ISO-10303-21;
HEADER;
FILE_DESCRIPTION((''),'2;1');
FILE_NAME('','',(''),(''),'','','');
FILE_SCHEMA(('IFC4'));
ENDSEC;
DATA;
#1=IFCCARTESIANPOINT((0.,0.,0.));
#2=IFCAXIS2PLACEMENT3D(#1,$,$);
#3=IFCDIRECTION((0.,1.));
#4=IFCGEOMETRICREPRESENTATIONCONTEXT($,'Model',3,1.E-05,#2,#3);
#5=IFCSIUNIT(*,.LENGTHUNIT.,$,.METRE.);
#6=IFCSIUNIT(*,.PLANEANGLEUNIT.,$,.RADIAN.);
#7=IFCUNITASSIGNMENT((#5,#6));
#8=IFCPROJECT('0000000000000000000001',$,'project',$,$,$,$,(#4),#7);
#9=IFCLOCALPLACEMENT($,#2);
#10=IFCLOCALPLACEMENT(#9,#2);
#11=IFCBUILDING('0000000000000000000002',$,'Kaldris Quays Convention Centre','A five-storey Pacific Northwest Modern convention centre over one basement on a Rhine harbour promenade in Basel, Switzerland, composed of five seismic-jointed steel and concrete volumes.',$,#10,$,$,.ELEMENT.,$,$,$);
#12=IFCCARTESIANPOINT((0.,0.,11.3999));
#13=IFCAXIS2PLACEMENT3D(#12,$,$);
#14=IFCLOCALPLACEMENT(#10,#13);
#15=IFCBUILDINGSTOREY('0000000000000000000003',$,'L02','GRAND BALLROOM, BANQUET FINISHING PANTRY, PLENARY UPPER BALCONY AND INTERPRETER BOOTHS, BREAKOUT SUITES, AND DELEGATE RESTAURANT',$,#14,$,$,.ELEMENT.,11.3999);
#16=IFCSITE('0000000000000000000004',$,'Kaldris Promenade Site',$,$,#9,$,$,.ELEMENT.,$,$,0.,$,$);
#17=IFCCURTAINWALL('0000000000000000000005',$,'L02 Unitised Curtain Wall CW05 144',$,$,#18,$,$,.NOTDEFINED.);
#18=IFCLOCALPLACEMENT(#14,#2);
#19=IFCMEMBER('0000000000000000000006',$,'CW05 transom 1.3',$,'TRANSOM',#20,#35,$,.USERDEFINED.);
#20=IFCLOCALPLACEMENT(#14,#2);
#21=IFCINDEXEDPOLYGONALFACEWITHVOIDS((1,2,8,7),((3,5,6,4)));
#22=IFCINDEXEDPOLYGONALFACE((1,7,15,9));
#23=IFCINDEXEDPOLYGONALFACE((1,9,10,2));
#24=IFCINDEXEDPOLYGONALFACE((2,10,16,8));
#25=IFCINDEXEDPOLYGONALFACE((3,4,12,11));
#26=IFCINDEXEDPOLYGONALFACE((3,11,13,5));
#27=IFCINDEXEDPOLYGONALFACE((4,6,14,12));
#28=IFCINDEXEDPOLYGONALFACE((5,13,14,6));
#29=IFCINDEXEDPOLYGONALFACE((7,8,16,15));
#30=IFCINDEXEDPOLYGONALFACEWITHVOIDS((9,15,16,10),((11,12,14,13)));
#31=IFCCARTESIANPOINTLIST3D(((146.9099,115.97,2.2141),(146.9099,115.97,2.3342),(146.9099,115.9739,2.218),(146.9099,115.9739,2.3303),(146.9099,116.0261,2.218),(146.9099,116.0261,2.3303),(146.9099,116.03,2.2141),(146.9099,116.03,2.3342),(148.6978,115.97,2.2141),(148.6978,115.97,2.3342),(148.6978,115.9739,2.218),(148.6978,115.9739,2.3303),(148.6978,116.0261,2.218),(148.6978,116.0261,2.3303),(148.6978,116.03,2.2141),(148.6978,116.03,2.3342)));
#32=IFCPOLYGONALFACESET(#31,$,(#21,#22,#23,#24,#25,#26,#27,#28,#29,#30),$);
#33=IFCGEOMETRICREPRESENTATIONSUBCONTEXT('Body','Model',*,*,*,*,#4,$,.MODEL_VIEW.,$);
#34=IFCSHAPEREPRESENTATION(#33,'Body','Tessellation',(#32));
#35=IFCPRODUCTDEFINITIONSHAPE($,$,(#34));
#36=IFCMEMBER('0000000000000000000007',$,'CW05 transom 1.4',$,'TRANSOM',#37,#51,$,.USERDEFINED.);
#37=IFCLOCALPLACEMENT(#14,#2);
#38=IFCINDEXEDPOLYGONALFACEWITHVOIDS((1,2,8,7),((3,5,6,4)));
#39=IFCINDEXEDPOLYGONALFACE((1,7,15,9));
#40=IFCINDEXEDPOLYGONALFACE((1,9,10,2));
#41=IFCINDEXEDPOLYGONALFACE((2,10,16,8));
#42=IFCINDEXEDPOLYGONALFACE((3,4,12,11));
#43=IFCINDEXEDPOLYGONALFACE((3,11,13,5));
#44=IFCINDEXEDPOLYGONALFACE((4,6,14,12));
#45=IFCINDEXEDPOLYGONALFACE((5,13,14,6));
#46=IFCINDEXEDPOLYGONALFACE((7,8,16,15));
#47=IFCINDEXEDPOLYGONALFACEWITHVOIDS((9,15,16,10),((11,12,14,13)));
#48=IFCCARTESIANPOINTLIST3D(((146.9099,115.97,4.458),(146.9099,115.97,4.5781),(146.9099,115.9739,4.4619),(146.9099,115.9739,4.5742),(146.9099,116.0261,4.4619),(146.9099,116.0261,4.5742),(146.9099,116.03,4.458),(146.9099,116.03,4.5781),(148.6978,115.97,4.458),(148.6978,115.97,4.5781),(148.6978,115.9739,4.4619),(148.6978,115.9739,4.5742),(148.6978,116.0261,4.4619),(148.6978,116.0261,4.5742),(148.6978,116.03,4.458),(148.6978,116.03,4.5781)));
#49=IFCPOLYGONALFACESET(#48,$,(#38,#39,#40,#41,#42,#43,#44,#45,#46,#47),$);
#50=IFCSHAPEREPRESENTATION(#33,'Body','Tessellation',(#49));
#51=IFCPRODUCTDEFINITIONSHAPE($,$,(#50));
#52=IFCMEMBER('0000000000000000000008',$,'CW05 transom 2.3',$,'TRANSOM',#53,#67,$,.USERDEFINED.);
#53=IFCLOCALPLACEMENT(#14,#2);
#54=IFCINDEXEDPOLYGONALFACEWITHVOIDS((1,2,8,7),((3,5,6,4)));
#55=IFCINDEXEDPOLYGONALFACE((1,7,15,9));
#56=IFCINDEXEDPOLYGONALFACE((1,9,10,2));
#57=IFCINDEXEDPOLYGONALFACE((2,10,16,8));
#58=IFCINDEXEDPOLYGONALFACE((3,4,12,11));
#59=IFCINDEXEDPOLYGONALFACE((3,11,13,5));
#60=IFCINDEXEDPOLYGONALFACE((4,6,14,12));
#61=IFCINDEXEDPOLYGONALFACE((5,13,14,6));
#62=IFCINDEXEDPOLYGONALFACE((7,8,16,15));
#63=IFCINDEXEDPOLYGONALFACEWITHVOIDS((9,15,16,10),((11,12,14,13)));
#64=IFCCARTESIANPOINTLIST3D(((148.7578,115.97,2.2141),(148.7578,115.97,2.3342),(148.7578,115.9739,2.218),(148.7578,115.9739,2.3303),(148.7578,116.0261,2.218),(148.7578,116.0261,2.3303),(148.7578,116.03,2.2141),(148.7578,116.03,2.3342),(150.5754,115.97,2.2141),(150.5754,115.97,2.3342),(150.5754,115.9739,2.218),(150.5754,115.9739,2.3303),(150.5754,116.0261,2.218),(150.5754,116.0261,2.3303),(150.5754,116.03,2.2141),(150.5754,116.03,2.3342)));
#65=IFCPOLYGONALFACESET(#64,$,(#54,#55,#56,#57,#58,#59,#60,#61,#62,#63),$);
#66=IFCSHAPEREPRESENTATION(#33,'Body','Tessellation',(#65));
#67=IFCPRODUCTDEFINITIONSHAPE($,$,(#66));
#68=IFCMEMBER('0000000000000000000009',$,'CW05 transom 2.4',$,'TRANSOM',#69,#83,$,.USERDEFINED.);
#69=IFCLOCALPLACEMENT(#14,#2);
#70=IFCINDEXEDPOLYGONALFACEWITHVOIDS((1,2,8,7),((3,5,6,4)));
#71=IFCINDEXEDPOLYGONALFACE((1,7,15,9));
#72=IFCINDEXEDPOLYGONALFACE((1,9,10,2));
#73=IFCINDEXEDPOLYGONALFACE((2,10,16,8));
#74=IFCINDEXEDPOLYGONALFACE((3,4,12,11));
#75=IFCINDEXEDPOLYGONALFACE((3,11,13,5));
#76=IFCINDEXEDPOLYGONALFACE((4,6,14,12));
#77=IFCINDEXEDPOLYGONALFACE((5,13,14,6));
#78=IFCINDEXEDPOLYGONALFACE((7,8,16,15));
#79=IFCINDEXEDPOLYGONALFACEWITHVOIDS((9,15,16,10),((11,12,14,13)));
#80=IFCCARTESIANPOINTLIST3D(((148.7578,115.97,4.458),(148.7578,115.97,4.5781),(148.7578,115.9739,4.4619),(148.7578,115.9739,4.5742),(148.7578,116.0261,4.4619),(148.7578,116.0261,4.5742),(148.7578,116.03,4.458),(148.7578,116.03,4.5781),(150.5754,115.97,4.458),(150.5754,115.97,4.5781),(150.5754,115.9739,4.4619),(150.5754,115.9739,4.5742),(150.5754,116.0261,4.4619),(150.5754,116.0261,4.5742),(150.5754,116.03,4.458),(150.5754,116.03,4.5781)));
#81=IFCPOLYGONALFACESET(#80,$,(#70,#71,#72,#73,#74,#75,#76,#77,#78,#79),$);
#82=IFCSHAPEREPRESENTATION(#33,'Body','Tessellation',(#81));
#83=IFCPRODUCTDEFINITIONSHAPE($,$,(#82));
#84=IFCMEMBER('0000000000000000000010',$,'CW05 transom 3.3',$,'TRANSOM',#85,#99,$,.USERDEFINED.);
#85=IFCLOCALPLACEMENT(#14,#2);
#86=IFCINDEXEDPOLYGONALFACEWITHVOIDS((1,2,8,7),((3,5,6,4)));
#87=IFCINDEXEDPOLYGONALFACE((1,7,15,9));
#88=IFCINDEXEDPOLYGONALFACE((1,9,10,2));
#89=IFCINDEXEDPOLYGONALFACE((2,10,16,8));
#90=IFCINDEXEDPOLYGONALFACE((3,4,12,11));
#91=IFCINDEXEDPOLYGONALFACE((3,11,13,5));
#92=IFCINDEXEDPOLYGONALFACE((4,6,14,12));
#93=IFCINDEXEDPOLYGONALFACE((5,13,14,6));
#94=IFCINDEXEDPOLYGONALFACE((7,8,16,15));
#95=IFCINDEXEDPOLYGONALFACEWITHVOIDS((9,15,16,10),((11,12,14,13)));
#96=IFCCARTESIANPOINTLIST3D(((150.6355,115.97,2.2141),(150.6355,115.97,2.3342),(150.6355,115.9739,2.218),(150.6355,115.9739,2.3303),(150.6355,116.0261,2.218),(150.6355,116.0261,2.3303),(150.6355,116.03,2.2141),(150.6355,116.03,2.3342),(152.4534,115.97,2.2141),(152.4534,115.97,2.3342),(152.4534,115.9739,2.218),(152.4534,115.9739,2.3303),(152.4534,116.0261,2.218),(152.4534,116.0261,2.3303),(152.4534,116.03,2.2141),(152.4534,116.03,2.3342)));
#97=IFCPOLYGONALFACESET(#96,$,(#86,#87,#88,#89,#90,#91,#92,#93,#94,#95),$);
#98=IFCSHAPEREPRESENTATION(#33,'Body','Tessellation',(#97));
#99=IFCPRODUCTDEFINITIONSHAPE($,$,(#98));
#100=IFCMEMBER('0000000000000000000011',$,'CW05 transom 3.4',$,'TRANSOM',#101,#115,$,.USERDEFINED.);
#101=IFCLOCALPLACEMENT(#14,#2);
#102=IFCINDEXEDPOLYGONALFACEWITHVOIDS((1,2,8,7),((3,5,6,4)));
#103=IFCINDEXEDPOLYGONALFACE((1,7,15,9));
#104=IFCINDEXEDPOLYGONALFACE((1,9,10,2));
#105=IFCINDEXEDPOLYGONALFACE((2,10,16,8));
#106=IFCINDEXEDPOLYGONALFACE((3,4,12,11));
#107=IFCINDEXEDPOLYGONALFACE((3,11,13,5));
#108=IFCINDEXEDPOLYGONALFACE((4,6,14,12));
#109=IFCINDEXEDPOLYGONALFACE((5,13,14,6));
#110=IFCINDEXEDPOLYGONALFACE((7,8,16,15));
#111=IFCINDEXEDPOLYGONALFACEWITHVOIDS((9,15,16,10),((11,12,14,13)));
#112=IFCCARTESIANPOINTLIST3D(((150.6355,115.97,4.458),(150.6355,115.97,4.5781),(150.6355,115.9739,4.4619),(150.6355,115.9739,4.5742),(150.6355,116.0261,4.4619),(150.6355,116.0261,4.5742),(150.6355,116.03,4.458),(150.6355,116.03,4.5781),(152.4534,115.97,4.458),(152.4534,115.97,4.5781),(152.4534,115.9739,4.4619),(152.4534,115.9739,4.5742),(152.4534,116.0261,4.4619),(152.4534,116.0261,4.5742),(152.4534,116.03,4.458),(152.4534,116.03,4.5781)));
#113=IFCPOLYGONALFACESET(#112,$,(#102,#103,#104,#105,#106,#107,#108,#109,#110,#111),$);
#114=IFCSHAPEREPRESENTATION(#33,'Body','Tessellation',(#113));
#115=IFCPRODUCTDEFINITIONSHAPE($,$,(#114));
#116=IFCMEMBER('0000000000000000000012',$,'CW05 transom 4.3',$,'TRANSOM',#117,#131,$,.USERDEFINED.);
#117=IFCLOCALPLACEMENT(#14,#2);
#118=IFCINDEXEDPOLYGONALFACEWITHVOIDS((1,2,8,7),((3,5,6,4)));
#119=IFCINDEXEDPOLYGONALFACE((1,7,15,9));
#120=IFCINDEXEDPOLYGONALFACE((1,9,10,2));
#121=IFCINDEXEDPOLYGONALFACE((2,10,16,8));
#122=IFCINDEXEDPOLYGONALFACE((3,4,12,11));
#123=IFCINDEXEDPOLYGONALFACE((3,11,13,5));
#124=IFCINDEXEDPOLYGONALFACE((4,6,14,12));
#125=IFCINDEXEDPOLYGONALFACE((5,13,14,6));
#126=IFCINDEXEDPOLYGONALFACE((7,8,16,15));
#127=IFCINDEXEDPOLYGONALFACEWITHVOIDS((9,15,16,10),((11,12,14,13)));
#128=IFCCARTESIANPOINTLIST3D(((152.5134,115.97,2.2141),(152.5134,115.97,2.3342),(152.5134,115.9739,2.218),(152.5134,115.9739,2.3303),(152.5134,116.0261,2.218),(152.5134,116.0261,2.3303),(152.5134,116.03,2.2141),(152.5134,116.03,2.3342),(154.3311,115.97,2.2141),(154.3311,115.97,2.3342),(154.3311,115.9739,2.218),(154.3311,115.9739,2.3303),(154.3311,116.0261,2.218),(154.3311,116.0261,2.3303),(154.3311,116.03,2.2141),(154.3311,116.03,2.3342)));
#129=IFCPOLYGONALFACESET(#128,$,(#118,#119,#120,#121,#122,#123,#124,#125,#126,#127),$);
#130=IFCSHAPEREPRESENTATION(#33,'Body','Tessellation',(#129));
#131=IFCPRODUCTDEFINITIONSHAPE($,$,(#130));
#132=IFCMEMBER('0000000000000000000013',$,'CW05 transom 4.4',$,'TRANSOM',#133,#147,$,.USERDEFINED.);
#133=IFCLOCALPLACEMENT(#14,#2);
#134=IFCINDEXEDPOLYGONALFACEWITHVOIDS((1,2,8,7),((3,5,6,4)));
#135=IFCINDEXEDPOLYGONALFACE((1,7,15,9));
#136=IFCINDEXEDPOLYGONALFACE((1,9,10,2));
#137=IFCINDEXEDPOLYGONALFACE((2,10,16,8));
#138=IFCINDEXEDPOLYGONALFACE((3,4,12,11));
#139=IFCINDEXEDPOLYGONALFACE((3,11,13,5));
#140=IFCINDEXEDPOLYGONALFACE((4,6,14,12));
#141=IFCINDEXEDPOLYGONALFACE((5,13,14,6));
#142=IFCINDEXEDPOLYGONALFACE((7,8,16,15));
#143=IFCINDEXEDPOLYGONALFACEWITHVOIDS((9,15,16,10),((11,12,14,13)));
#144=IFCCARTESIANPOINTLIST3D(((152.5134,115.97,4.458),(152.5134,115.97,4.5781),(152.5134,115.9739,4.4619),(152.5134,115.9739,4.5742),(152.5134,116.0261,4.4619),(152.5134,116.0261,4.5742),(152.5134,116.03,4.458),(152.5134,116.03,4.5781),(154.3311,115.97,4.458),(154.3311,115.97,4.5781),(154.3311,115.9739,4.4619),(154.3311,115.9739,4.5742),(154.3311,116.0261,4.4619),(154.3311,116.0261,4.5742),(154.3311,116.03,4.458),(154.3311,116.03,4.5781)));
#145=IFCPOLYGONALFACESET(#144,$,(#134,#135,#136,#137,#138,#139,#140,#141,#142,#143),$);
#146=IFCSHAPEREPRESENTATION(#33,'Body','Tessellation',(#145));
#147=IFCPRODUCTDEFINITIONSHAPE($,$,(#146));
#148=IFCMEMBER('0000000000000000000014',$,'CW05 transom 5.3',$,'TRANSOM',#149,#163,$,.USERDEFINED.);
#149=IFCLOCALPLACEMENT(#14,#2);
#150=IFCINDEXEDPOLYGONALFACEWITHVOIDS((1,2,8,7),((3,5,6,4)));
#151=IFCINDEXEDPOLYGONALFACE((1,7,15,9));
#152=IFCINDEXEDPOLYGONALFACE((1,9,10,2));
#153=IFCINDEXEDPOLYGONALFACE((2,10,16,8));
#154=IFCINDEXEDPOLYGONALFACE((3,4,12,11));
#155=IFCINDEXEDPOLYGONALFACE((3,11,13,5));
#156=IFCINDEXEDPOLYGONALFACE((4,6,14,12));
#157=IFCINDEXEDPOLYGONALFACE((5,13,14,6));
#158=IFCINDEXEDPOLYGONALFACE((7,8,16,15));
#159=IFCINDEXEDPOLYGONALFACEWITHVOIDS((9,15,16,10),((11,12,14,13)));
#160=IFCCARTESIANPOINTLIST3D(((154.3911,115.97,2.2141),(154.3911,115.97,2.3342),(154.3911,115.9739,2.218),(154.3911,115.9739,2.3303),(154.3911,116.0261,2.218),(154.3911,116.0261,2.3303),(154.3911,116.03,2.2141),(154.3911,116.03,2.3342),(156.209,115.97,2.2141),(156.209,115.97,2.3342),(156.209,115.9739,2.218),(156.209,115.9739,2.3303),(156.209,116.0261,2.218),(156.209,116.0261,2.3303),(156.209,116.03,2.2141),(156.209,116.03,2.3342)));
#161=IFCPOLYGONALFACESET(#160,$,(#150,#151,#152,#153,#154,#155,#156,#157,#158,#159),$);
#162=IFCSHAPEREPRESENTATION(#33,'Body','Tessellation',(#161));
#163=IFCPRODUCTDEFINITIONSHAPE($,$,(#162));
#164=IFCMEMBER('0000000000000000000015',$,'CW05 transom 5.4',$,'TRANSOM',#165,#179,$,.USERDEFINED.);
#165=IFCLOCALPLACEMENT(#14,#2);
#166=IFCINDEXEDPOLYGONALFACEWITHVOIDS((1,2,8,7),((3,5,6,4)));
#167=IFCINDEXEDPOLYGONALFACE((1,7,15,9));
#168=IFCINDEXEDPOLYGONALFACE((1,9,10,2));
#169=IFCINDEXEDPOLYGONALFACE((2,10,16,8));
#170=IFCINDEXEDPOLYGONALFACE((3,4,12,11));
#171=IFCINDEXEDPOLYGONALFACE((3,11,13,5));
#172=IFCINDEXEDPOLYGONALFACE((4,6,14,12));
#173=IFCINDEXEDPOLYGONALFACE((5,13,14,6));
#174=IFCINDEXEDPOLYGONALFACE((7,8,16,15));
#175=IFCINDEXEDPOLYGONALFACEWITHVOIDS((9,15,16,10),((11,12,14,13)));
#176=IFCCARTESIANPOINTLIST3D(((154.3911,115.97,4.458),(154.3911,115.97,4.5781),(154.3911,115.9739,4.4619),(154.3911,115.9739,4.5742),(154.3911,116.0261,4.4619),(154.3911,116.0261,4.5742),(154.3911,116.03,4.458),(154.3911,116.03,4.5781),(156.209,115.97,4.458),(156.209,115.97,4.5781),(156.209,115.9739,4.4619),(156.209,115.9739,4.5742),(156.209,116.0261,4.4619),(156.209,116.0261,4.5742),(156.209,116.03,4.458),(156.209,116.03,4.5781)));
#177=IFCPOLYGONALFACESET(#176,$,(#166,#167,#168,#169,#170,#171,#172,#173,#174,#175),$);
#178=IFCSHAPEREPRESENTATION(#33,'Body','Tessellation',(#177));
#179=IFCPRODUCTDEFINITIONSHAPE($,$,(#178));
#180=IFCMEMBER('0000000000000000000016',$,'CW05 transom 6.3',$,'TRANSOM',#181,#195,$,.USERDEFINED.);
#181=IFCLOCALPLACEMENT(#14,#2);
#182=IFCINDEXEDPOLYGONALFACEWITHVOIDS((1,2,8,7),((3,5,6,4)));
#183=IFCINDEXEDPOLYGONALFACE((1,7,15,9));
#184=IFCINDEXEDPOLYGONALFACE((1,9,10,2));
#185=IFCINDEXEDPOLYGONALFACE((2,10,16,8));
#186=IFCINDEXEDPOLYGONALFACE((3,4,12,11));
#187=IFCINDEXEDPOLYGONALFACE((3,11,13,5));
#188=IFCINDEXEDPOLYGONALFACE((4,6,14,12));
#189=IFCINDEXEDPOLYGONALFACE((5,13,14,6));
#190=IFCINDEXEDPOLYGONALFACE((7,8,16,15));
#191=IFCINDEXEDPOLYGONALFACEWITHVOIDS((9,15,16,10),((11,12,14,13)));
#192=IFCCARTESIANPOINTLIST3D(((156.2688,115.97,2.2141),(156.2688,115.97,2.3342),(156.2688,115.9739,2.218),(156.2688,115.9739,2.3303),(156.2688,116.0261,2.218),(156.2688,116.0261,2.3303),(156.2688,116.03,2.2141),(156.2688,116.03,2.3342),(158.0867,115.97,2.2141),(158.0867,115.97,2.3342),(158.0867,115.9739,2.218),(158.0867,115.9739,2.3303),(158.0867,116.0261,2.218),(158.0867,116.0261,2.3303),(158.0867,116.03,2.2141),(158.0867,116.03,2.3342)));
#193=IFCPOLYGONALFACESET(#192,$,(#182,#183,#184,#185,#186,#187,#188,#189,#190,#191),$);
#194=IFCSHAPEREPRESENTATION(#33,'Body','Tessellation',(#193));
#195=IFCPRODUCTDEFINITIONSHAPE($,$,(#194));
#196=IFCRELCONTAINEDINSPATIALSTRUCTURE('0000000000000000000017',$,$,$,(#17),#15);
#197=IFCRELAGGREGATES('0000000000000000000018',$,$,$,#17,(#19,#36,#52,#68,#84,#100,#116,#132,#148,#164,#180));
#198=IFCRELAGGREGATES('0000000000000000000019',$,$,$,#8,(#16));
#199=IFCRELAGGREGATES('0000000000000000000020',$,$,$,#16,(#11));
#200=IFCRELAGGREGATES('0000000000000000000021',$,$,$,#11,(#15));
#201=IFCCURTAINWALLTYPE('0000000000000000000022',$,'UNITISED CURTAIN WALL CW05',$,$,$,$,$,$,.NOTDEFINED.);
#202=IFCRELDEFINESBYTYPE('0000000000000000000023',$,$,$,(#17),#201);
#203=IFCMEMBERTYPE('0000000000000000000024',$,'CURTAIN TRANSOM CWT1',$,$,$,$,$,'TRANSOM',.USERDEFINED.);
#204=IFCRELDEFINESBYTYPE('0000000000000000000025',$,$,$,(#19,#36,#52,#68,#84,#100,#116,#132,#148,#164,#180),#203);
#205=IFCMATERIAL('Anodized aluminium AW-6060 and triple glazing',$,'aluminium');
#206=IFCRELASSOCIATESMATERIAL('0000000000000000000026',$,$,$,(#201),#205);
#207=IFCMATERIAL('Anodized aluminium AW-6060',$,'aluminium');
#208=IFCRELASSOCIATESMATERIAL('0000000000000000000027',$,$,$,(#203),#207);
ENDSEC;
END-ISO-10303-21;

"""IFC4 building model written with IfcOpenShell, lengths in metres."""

from ifc_helpers import new_model, si_unit, direction, frame, origin, origin_2d, place, context, subcontext, project, spatial, hollow_rectangle, extrude, material, material_profile, profile_set, type_object, element, aggregate, save


model = new_model("IFC4")

# Units and contexts
model_context = context("Model", 3, precision=1e-05, world=origin(), true_north=direction((0.0, 1.0)))
body_context = subcontext(model_context, "Body", "Model", "MODEL_VIEW")
ifc_project = project(units=[si_unit("LENGTHUNIT", "METRE"), si_unit("PLANEANGLEUNIT", "RADIAN")], contexts=[model_context])

# Site, building, storey
site_placement = place(None, origin())
site = spatial("IfcSite", under=ifc_project, at=site_placement, Name="Kaldris Promenade Site", CompositionType="ELEMENT", RefElevation=0.0)
building_placement = place(site_placement, origin())
building = spatial("IfcBuilding", under=site, at=building_placement, Name="Kaldris Quays Convention Centre", Description="A five-storey Pacific Northwest Modern convention centre over one basement on a Rhine harbour promenade in Basel, Switzerland, composed of five seismic-jointed steel and concrete volumes.", CompositionType="ELEMENT")
storey_placement = place(building_placement, frame((0.0, 0.0, 11.3999)))
storey = spatial("IfcBuildingStorey", under=building, at=storey_placement, Name="L02", Description="GRAND BALLROOM, BANQUET FINISHING PANTRY, PLENARY UPPER BALCONY AND INTERPRETER BOOTHS, BREAKOUT SUITES, AND DELEGATE RESTAURANT", CompositionType="ELEMENT", Elevation=11.3999)

# Curtain wall, members
ifc_material_1 = material(Name="Anodized aluminium AW-6060 and triple glazing", Category="aluminium")
curtain_wall_type = type_object("IfcCurtainWallType", Name="UNITISED CURTAIN WALL CW05", PredefinedType="NOTDEFINED", material=ifc_material_1)
curtain_wall_placement = place(storey_placement, origin())
curtain_wall = element("IfcCurtainWall", 1, at=curtain_wall_placement, inside=storey, type_object=curtain_wall_type, Name="L02 Unitised Curtain Wall CW05 144", PredefinedType="NOTDEFINED")
ifc_material_2 = material(Name="Anodized aluminium AW-6060", Category="aluminium")
ifc_material_profile_1 = material_profile(ifc_material_2, hollow_rectangle(XDim=0.0601, YDim=0.1201, WallThickness=0.0039, at=origin_2d()), Name="RHS 120x60x4")
ifc_profile_set_1 = profile_set([ifc_material_profile_1], Name="Anodized aluminium AW-6060")
member_type_1 = type_object("IfcMemberType", Name="CURTAIN TRANSOM CWT1", ElementType="TRANSOM", PredefinedType="USERDEFINED", material=ifc_profile_set_1)
member_1_placement = place(storey_placement, frame((146.9099, 116.0, 2.2742), z_axis=(1.0, 0.0, 0.0), x_axis=(0.0, 1.0, 0.0)))
member_1 = element("IfcMember", 2, at=member_1_placement, type_object=member_type_1, Name="CW05 transom 1.3", ObjectType="TRANSOM", PredefinedType="USERDEFINED", context=body_context, shape_type="SweptSolid", body=[
    extrude(hollow_rectangle(XDim=0.0601, YDim=0.1201, WallThickness=0.0039, at=origin_2d()), origin(), (0.0, 0.0, 1.0), 1.7878),
])
member_2_placement = place(storey_placement, frame((146.9099, 116.0, 4.5181), z_axis=(1.0, 0.0, 0.0), x_axis=(0.0, 1.0, 0.0)))
member_2 = element("IfcMember", 3, at=member_2_placement, type_object=member_type_1, Name="CW05 transom 1.4", ObjectType="TRANSOM", PredefinedType="USERDEFINED", context=body_context, shape_type="SweptSolid", body=[
    extrude(hollow_rectangle(XDim=0.0601, YDim=0.1201, WallThickness=0.0039, at=origin_2d()), origin(), (0.0, 0.0, 1.0), 1.7878),
])
member_3_placement = place(storey_placement, frame((148.7578, 116.0, 2.2742), z_axis=(1.0, 0.0, 0.0), x_axis=(0.0, 1.0, 0.0)))
member_3 = element("IfcMember", 4, at=member_3_placement, type_object=member_type_1, Name="CW05 transom 2.3", ObjectType="TRANSOM", PredefinedType="USERDEFINED", context=body_context, shape_type="SweptSolid", body=[
    extrude(hollow_rectangle(XDim=0.0601, YDim=0.1201, WallThickness=0.0039, at=origin_2d()), origin(), (0.0, 0.0, 1.0), 1.8176),
])
member_4_placement = place(storey_placement, frame((148.7578, 116.0, 4.5181), z_axis=(1.0, 0.0, 0.0), x_axis=(0.0, 1.0, 0.0)))
member_4 = element("IfcMember", 5, at=member_4_placement, type_object=member_type_1, Name="CW05 transom 2.4", ObjectType="TRANSOM", PredefinedType="USERDEFINED", context=body_context, shape_type="SweptSolid", body=[
    extrude(hollow_rectangle(XDim=0.0601, YDim=0.1201, WallThickness=0.0039, at=origin_2d()), origin(), (0.0, 0.0, 1.0), 1.8176),
])
member_5_placement = place(storey_placement, frame((150.6355, 116.0, 2.2742), z_axis=(1.0, 0.0, 0.0), x_axis=(0.0, 1.0, 0.0)))
member_5 = element("IfcMember", 6, at=member_5_placement, type_object=member_type_1, Name="CW05 transom 3.3", ObjectType="TRANSOM", PredefinedType="USERDEFINED", context=body_context, shape_type="SweptSolid", body=[
    extrude(hollow_rectangle(XDim=0.0601, YDim=0.1201, WallThickness=0.0039, at=origin_2d()), origin(), (0.0, 0.0, 1.0), 1.8179),
])
member_6_placement = place(storey_placement, frame((150.6355, 116.0, 4.5181), z_axis=(1.0, 0.0, 0.0), x_axis=(0.0, 1.0, 0.0)))
member_6 = element("IfcMember", 7, at=member_6_placement, type_object=member_type_1, Name="CW05 transom 3.4", ObjectType="TRANSOM", PredefinedType="USERDEFINED", context=body_context, shape_type="SweptSolid", body=[
    extrude(hollow_rectangle(XDim=0.0601, YDim=0.1201, WallThickness=0.0039, at=origin_2d()), origin(), (0.0, 0.0, 1.0), 1.8179),
])
member_7_placement = place(storey_placement, frame((152.5134, 116.0, 2.2742), z_axis=(1.0, 0.0, 0.0), x_axis=(0.0, 1.0, 0.0)))
member_7 = element("IfcMember", 8, at=member_7_placement, type_object=member_type_1, Name="CW05 transom 4.3", ObjectType="TRANSOM", PredefinedType="USERDEFINED", context=body_context, shape_type="SweptSolid", body=[
    extrude(hollow_rectangle(XDim=0.0601, YDim=0.1201, WallThickness=0.0039, at=origin_2d()), origin(), (0.0, 0.0, 1.0), 1.8176),
])
member_8_placement = place(storey_placement, frame((152.5134, 116.0, 4.5181), z_axis=(1.0, 0.0, 0.0), x_axis=(0.0, 1.0, 0.0)))
member_8 = element("IfcMember", 9, at=member_8_placement, type_object=member_type_1, Name="CW05 transom 4.4", ObjectType="TRANSOM", PredefinedType="USERDEFINED", context=body_context, shape_type="SweptSolid", body=[
    extrude(hollow_rectangle(XDim=0.0601, YDim=0.1201, WallThickness=0.0039, at=origin_2d()), origin(), (0.0, 0.0, 1.0), 1.8176),
])
member_9_placement = place(storey_placement, frame((154.3911, 116.0, 2.2742), z_axis=(1.0, 0.0, 0.0), x_axis=(0.0, 1.0, 0.0)))
member_9 = element("IfcMember", 10, at=member_9_placement, type_object=member_type_1, Name="CW05 transom 5.3", ObjectType="TRANSOM", PredefinedType="USERDEFINED", context=body_context, shape_type="SweptSolid", body=[
    extrude(hollow_rectangle(XDim=0.0601, YDim=0.1201, WallThickness=0.0039, at=origin_2d()), origin(), (0.0, 0.0, 1.0), 1.8179),
])
member_10_placement = place(storey_placement, frame((154.3911, 116.0, 4.5181), z_axis=(1.0, 0.0, 0.0), x_axis=(0.0, 1.0, 0.0)))
member_10 = element("IfcMember", 11, at=member_10_placement, type_object=member_type_1, Name="CW05 transom 5.4", ObjectType="TRANSOM", PredefinedType="USERDEFINED", context=body_context, shape_type="SweptSolid", body=[
    extrude(hollow_rectangle(XDim=0.0601, YDim=0.1201, WallThickness=0.0039, at=origin_2d()), origin(), (0.0, 0.0, 1.0), 1.8179),
])
member_11_placement = place(storey_placement, frame((156.2688, 116.0, 2.2742), z_axis=(1.0, 0.0, 0.0), x_axis=(0.0, 1.0, 0.0)))
member_11 = element("IfcMember", 12, at=member_11_placement, type_object=member_type_1, Name="CW05 transom 6.3", ObjectType="TRANSOM", PredefinedType="USERDEFINED", context=body_context, shape_type="SweptSolid", body=[
    extrude(hollow_rectangle(XDim=0.0601, YDim=0.1201, WallThickness=0.0039, at=origin_2d()), origin(), (0.0, 0.0, 1.0), 1.8179),
])

aggregate(curtain_wall, [member_1, member_2, member_3, member_4, member_5, member_6, member_7, member_8, member_9, member_10, member_11])

save(model, "model.ifc")
